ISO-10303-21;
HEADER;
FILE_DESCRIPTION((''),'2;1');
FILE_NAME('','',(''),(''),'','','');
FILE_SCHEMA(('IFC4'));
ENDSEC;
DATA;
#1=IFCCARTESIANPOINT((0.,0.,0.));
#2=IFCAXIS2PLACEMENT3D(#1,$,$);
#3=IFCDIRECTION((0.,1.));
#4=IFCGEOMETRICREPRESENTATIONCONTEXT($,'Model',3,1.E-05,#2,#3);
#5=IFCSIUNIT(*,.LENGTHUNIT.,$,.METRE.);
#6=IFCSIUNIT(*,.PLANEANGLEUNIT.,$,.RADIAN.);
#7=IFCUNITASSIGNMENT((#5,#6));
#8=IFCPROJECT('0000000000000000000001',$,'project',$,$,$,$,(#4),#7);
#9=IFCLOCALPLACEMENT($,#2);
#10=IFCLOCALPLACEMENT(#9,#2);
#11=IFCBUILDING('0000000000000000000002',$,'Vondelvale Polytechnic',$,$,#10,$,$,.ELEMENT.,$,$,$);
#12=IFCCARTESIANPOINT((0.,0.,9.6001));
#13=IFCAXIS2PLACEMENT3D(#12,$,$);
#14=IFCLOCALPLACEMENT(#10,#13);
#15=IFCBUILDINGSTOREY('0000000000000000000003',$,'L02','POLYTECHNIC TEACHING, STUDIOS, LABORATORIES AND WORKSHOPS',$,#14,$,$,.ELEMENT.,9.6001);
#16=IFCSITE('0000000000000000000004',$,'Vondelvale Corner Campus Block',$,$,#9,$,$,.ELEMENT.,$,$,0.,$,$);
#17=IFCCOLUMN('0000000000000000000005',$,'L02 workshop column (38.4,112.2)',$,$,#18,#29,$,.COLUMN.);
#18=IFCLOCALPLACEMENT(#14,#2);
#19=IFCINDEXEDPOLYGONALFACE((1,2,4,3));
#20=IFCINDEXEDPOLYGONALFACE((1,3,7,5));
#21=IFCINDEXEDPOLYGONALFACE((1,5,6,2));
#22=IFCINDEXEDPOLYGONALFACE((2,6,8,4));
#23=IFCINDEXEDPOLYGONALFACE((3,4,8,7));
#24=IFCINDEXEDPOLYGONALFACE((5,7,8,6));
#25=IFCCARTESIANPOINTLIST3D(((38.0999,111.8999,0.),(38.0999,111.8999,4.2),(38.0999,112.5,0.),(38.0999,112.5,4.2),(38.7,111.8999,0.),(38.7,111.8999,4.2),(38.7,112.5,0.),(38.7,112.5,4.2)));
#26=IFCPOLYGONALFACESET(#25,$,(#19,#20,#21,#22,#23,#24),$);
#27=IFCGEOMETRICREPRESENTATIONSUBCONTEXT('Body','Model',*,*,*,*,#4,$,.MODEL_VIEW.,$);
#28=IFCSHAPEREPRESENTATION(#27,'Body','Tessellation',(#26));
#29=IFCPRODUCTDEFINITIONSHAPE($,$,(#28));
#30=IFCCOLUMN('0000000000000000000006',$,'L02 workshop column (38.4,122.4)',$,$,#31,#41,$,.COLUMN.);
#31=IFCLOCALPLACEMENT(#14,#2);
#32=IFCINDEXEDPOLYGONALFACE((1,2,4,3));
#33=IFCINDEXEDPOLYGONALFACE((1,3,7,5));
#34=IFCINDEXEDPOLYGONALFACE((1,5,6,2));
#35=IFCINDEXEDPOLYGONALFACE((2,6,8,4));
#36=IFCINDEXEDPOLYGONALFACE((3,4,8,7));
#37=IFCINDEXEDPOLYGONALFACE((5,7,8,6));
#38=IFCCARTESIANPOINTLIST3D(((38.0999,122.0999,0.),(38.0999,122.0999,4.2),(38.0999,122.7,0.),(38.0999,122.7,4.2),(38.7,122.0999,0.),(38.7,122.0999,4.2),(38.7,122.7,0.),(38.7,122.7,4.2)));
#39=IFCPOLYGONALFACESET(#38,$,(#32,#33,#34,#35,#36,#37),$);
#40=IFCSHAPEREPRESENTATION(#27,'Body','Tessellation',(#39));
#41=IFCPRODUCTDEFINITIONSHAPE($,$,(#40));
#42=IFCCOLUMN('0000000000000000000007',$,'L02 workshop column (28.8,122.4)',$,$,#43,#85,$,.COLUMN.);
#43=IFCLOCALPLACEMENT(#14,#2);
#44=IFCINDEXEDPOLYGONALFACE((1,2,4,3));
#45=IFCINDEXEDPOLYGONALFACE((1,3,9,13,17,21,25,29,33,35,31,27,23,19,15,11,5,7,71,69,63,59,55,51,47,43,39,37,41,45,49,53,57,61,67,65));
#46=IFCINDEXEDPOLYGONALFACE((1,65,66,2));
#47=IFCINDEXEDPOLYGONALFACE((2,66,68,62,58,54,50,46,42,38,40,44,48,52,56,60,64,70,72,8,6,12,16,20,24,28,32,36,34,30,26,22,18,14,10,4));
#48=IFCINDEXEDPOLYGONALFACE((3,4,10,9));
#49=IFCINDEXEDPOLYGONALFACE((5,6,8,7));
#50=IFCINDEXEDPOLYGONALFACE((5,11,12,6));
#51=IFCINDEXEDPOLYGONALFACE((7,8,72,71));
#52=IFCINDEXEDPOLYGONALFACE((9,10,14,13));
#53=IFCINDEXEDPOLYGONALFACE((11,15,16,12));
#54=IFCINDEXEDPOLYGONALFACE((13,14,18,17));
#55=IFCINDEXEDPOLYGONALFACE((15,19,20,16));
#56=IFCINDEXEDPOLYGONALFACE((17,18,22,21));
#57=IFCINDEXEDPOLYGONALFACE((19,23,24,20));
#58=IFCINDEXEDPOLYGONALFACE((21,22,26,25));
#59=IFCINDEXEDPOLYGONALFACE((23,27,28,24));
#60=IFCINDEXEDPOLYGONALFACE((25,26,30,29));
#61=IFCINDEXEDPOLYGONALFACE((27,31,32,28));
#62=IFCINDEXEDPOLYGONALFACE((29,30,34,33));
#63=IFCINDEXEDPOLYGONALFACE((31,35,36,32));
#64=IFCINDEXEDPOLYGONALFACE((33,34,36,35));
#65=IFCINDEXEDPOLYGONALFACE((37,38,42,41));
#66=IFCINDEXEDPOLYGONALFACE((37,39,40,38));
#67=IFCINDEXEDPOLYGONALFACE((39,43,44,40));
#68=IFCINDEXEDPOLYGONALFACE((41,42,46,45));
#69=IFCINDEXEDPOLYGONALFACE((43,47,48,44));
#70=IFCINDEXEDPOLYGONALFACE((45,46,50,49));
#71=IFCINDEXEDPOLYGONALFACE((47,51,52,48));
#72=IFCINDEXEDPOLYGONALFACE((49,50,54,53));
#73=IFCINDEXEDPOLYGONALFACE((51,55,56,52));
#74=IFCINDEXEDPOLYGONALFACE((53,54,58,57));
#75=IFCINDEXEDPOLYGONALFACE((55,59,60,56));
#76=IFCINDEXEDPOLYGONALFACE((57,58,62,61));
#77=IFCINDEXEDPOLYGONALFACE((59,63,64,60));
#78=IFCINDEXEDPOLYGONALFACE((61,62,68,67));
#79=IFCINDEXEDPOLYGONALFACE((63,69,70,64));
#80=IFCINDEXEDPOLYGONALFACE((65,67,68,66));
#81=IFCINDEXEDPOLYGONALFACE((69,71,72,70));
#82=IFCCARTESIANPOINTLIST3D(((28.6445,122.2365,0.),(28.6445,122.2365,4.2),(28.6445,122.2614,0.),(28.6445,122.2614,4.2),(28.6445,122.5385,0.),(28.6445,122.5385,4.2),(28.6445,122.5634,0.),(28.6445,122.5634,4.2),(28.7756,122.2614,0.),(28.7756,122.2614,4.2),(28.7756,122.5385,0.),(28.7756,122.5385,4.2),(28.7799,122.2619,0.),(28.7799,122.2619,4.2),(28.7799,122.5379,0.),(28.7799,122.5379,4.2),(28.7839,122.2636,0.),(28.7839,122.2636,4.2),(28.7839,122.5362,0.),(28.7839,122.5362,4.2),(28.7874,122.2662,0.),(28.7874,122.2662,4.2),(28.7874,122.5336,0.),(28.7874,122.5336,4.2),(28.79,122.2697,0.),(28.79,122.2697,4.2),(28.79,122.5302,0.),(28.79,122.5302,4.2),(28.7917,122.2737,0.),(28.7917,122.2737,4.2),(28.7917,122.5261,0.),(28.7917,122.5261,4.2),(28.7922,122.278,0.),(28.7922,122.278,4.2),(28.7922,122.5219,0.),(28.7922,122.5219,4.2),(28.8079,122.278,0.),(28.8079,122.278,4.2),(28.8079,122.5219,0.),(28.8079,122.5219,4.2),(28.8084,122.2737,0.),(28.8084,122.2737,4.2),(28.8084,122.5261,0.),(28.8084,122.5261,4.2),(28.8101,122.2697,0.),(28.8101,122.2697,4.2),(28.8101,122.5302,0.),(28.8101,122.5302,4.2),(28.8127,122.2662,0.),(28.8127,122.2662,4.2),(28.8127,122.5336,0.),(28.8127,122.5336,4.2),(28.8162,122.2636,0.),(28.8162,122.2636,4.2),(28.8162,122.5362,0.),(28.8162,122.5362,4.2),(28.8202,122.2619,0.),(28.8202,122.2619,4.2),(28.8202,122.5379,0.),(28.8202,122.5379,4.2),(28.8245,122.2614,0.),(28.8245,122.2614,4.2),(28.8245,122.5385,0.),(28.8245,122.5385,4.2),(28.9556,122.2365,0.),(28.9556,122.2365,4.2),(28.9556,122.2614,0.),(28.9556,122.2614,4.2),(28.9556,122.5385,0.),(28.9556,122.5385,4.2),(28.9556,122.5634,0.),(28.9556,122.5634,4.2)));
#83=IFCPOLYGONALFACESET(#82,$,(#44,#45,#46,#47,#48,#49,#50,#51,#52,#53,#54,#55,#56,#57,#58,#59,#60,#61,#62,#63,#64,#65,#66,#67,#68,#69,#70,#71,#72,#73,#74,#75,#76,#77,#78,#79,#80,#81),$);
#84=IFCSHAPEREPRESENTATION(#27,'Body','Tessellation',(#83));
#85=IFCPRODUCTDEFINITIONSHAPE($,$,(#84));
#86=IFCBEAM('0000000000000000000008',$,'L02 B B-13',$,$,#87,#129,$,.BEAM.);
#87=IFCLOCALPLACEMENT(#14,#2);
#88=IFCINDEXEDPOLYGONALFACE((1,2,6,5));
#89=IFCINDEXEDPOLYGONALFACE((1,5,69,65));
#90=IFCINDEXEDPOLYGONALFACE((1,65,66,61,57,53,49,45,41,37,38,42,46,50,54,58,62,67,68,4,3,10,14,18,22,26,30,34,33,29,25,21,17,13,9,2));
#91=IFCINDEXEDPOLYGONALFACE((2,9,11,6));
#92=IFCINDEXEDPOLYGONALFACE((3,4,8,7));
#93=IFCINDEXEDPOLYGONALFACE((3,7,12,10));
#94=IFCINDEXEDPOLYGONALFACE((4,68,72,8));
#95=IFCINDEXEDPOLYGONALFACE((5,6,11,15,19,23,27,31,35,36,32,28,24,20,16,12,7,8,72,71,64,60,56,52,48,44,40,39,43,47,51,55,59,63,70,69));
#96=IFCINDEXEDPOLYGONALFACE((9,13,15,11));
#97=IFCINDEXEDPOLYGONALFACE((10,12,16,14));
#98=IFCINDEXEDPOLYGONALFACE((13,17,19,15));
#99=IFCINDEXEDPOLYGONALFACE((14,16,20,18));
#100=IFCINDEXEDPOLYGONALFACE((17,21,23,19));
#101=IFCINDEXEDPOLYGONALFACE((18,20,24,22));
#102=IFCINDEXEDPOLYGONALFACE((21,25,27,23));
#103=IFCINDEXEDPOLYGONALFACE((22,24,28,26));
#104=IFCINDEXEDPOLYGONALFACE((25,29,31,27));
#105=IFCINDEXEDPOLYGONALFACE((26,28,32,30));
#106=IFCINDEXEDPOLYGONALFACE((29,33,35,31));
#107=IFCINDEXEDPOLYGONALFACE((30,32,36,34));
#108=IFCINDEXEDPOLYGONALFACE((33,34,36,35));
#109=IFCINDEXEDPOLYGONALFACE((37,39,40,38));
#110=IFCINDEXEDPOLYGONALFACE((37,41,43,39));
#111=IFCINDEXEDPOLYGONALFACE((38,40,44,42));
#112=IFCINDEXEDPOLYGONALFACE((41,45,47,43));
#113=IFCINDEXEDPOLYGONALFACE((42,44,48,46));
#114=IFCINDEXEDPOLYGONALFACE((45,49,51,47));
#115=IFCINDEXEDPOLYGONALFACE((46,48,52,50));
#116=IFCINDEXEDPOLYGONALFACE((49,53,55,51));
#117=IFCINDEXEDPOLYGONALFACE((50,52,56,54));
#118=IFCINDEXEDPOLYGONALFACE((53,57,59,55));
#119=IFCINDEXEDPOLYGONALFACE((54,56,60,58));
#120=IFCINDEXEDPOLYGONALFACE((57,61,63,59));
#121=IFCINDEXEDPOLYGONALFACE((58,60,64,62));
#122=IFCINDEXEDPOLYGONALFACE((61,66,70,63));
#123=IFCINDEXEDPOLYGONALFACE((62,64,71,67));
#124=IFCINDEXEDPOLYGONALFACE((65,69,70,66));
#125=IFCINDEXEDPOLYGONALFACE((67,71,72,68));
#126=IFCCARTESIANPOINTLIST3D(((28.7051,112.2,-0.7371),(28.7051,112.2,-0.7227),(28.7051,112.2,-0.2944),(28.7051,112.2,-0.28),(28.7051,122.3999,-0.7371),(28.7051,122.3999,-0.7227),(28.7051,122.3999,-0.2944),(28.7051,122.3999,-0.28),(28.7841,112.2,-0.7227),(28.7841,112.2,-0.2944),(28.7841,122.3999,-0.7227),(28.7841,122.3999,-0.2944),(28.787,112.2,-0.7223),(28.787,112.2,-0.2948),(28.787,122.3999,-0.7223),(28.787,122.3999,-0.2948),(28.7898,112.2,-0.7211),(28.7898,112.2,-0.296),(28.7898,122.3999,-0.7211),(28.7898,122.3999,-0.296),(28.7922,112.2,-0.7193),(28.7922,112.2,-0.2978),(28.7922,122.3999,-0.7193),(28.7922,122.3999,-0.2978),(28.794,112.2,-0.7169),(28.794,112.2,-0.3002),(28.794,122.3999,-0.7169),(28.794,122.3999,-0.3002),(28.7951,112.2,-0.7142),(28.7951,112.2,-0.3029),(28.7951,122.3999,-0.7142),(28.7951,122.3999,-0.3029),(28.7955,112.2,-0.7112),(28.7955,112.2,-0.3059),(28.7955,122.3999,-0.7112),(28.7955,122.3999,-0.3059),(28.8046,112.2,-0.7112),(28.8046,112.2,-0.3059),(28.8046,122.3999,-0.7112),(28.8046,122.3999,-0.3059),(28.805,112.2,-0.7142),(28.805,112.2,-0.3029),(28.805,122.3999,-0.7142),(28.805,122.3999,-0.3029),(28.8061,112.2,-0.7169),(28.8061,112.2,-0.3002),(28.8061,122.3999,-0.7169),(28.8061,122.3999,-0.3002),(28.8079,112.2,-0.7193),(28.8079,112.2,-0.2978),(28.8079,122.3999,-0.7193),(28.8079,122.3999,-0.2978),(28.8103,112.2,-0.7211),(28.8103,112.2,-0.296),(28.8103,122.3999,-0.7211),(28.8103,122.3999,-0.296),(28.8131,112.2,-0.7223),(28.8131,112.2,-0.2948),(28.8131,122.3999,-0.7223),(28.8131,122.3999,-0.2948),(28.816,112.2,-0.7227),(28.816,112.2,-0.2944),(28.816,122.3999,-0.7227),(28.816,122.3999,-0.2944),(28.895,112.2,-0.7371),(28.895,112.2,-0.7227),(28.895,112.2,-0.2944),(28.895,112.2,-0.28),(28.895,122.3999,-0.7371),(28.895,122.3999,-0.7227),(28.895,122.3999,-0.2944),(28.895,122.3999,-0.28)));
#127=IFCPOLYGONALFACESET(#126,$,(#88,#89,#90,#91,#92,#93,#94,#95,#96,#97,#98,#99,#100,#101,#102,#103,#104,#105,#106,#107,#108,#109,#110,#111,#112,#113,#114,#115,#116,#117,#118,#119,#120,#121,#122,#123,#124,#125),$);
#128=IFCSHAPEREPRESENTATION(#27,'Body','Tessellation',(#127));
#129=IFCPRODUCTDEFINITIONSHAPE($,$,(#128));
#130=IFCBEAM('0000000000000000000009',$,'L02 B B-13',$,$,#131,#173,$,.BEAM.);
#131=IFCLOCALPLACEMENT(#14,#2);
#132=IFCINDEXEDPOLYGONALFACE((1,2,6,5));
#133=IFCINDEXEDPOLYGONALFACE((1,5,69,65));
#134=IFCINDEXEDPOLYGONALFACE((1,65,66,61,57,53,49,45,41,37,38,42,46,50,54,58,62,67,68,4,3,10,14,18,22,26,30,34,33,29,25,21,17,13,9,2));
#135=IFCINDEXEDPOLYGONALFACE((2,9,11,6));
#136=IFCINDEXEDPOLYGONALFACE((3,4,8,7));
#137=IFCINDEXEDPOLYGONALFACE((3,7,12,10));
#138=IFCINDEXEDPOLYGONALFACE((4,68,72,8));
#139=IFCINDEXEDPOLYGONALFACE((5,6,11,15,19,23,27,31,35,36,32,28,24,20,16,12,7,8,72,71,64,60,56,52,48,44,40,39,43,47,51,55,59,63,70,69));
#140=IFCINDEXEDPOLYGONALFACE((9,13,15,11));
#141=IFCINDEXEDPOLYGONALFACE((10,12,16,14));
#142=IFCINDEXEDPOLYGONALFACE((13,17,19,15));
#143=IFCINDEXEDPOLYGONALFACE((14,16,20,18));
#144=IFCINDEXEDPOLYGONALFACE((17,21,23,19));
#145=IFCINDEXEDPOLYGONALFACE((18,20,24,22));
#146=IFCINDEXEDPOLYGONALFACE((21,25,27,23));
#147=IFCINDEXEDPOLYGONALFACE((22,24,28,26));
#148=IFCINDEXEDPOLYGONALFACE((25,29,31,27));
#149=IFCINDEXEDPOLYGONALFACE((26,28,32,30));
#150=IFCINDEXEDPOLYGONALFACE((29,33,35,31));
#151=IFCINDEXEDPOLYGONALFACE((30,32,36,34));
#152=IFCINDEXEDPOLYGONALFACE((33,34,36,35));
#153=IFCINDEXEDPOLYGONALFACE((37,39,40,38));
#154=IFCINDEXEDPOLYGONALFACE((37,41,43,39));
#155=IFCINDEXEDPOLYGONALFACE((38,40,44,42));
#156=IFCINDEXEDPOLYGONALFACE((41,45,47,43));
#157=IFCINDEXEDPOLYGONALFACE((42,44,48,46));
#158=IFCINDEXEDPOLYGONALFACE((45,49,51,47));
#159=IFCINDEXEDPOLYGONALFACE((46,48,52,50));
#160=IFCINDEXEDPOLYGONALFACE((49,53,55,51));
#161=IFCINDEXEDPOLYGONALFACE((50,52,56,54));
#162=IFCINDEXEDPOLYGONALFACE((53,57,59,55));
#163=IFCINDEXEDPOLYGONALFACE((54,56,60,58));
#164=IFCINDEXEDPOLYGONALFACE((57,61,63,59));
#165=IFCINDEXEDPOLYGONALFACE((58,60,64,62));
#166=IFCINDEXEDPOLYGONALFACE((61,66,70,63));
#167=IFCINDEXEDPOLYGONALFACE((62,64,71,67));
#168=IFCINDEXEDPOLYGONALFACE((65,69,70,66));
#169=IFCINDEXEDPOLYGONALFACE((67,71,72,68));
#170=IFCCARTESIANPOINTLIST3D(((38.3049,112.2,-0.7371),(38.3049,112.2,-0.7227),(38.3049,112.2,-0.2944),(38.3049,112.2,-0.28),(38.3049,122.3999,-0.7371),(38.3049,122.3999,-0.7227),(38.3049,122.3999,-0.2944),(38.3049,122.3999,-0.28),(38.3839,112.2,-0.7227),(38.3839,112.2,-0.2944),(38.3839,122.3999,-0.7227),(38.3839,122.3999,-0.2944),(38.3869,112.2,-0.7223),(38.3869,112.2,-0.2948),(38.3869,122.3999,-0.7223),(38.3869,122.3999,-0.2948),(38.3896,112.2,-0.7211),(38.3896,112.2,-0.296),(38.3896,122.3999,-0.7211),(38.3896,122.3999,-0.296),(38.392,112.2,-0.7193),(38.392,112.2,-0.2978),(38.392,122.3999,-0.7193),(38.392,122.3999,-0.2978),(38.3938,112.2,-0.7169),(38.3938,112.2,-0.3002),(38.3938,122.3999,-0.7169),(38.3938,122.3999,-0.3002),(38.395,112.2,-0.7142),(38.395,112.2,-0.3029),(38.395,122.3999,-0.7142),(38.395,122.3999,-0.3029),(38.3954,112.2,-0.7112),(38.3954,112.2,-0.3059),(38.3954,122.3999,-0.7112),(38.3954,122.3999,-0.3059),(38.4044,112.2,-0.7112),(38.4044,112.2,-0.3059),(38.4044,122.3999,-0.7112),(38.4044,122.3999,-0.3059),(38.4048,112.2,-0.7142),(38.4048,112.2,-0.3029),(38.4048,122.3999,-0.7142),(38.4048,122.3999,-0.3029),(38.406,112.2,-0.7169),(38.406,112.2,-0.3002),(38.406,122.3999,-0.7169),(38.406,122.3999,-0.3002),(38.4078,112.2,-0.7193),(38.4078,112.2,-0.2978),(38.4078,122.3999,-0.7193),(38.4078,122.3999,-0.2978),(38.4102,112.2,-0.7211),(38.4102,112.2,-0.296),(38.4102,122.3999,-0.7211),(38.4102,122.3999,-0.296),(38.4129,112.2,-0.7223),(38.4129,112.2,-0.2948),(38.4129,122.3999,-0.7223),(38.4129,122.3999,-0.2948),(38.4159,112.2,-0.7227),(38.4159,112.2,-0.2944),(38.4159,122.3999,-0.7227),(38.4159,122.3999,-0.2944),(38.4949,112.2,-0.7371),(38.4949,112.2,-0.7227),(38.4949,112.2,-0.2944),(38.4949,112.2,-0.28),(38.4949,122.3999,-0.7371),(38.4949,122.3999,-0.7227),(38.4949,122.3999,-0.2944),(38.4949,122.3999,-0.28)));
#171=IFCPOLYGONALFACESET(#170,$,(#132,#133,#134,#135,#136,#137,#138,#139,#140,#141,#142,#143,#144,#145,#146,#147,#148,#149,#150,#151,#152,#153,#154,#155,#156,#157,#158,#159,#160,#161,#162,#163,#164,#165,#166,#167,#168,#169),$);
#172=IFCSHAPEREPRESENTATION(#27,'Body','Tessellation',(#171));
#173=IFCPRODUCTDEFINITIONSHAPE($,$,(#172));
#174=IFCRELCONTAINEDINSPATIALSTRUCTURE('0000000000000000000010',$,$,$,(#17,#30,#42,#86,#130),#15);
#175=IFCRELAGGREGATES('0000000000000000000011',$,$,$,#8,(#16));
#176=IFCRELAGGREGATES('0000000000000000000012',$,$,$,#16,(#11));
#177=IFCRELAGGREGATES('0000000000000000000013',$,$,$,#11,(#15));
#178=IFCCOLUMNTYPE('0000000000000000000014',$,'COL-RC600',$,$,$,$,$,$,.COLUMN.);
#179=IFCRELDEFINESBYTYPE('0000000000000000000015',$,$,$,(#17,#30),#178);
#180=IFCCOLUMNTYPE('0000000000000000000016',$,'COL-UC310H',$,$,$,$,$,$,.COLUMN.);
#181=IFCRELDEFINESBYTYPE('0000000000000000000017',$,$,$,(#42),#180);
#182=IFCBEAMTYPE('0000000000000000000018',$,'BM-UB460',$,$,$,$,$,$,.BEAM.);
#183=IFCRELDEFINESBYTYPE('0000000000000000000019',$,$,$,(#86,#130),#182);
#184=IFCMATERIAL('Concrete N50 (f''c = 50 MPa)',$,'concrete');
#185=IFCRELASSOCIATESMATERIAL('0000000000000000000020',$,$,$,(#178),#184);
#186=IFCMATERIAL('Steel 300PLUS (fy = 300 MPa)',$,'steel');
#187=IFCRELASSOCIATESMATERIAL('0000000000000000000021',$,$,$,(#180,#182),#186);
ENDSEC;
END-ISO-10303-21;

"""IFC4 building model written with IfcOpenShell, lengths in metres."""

from ifc_helpers import new_model, si_unit, direction, frame, origin, origin_2d, place, context, subcontext, project, spatial, rectangle, i_section, extrude, material, material_profile, profile_set, type_object, element, save


model = new_model("IFC4")

# Units and contexts
model_context = context("Model", 3, precision=1e-05, world=origin(), true_north=direction((0.0, 1.0)))
body_context = subcontext(model_context, "Body", "Model", "MODEL_VIEW")
ifc_project = project(units=[si_unit("LENGTHUNIT", "METRE"), si_unit("PLANEANGLEUNIT", "RADIAN")], contexts=[model_context])

# Site, building, storey
site_placement = place(None, origin())
site = spatial("IfcSite", under=ifc_project, at=site_placement, Name="Vondelvale Corner Campus Block", CompositionType="ELEMENT", RefElevation=0.0)
building_placement = place(site_placement, origin())
building = spatial("IfcBuilding", under=site, at=building_placement, Name="Vondelvale Polytechnic", CompositionType="ELEMENT")
storey_placement = place(building_placement, frame((0.0, 0.0, 9.6001)))
storey = spatial("IfcBuildingStorey", under=building, at=storey_placement, Name="L02", Description="POLYTECHNIC TEACHING, STUDIOS, LABORATORIES AND WORKSHOPS", CompositionType="ELEMENT", Elevation=9.6001)

# Columns
ifc_material_1 = material(Name="Concrete N50 (f'c = 50 MPa)", Category="concrete")
ifc_material_profile_1 = material_profile(ifc_material_1, rectangle(XDim=0.6001, YDim=0.6001, at=origin_2d()), Name="RC-COL-600x600")
ifc_profile_set_1 = profile_set([ifc_material_profile_1], Name="Concrete N50 (f'c = 50 MPa)")
column_type_1 = type_object("IfcColumnType", Name="COL-RC600", PredefinedType="COLUMN", material=ifc_profile_set_1)
for number, where, z_axis, x_axis, name in (
    (1, (38.3999, 112.2, 0.0), (0.0, 0.0, 1.0), (1.0, 0.0, 0.0), "L02 workshop column (38.4,112.2)"),
    (2, (38.3999, 122.3999, 0.0), (0.0, 0.0, 1.0), (1.0, 0.0, 0.0), "L02 workshop column (38.4,122.4)"),
):
    element("IfcColumn", number, at=place(storey_placement, frame(where, z_axis=z_axis, x_axis=x_axis)), inside=storey, type_object=column_type_1, Name=name, PredefinedType="COLUMN", context=body_context, shape_type="SweptSolid", body=[
        extrude(rectangle(XDim=0.6001, YDim=0.6001, at=origin_2d()), origin(), (0.0, 0.0, 1.0), 4.2),
    ])
ifc_material_2 = material(Name="Steel 300PLUS (fy = 300 MPa)", Category="steel")
ifc_material_profile_2 = material_profile(ifc_material_2, i_section(OverallWidth=0.311, OverallDepth=0.3269, WebThickness=0.0156, FlangeThickness=0.0249, FilletRadius=0.0166, at=origin_2d()), Name="310UC158")
ifc_profile_set_2 = profile_set([ifc_material_profile_2], Name="Steel 300PLUS (fy = 300 MPa)")
column_type_2 = type_object("IfcColumnType", Name="COL-UC310H", PredefinedType="COLUMN", material=ifc_profile_set_2)
column_placement = place(storey_placement, frame((28.8, 122.3999, 0.0), z_axis=(0.0, 0.0, 1.0), x_axis=(1.0, 0.0, 0.0)))
element("IfcColumn", 3, at=column_placement, inside=storey, type_object=column_type_2, Name="L02 workshop column (28.8,122.4)", PredefinedType="COLUMN", context=body_context, shape_type="SweptSolid", body=[
    extrude(i_section(OverallWidth=0.311, OverallDepth=0.3269, WebThickness=0.0156, FlangeThickness=0.0249, FilletRadius=0.0166, at=origin_2d()), origin(), (0.0, 0.0, 1.0), 4.2),
])

# Beams
ifc_material_profile_3 = material_profile(ifc_material_2, i_section(OverallWidth=0.1899, OverallDepth=0.457, WebThickness=0.009, FlangeThickness=0.0144, FilletRadius=0.0115, at=origin_2d()), Name="460UB74.6")
ifc_profile_set_3 = profile_set([ifc_material_profile_3], Name="Steel 300PLUS (fy = 300 MPa)")
beam_type_1 = type_object("IfcBeamType", Name="BM-UB460", PredefinedType="BEAM", material=ifc_profile_set_3)
for number, where, z_axis, x_axis, name in (
    (4, (28.8, 112.2, -0.5085), (0.0, 1.0, 0.0), (-1.0, 0.0, 0.0), "L02 B B-13"),
    (5, (38.3999, 112.2, -0.5085), (0.0, 1.0, 0.0), (-1.0, 0.0, 0.0), "L02 B B-13"),
):
    element("IfcBeam", number, at=place(storey_placement, frame(where, z_axis=z_axis, x_axis=x_axis)), inside=storey, type_object=beam_type_1, Name=name, PredefinedType="BEAM", context=body_context, shape_type="SweptSolid", body=[
        extrude(i_section(OverallWidth=0.1899, OverallDepth=0.457, WebThickness=0.009, FlangeThickness=0.0144, FilletRadius=0.0115, at=origin_2d()), origin(), (0.0, 0.0, 1.0), 10.2),
    ])

save(model, "model.ifc")
